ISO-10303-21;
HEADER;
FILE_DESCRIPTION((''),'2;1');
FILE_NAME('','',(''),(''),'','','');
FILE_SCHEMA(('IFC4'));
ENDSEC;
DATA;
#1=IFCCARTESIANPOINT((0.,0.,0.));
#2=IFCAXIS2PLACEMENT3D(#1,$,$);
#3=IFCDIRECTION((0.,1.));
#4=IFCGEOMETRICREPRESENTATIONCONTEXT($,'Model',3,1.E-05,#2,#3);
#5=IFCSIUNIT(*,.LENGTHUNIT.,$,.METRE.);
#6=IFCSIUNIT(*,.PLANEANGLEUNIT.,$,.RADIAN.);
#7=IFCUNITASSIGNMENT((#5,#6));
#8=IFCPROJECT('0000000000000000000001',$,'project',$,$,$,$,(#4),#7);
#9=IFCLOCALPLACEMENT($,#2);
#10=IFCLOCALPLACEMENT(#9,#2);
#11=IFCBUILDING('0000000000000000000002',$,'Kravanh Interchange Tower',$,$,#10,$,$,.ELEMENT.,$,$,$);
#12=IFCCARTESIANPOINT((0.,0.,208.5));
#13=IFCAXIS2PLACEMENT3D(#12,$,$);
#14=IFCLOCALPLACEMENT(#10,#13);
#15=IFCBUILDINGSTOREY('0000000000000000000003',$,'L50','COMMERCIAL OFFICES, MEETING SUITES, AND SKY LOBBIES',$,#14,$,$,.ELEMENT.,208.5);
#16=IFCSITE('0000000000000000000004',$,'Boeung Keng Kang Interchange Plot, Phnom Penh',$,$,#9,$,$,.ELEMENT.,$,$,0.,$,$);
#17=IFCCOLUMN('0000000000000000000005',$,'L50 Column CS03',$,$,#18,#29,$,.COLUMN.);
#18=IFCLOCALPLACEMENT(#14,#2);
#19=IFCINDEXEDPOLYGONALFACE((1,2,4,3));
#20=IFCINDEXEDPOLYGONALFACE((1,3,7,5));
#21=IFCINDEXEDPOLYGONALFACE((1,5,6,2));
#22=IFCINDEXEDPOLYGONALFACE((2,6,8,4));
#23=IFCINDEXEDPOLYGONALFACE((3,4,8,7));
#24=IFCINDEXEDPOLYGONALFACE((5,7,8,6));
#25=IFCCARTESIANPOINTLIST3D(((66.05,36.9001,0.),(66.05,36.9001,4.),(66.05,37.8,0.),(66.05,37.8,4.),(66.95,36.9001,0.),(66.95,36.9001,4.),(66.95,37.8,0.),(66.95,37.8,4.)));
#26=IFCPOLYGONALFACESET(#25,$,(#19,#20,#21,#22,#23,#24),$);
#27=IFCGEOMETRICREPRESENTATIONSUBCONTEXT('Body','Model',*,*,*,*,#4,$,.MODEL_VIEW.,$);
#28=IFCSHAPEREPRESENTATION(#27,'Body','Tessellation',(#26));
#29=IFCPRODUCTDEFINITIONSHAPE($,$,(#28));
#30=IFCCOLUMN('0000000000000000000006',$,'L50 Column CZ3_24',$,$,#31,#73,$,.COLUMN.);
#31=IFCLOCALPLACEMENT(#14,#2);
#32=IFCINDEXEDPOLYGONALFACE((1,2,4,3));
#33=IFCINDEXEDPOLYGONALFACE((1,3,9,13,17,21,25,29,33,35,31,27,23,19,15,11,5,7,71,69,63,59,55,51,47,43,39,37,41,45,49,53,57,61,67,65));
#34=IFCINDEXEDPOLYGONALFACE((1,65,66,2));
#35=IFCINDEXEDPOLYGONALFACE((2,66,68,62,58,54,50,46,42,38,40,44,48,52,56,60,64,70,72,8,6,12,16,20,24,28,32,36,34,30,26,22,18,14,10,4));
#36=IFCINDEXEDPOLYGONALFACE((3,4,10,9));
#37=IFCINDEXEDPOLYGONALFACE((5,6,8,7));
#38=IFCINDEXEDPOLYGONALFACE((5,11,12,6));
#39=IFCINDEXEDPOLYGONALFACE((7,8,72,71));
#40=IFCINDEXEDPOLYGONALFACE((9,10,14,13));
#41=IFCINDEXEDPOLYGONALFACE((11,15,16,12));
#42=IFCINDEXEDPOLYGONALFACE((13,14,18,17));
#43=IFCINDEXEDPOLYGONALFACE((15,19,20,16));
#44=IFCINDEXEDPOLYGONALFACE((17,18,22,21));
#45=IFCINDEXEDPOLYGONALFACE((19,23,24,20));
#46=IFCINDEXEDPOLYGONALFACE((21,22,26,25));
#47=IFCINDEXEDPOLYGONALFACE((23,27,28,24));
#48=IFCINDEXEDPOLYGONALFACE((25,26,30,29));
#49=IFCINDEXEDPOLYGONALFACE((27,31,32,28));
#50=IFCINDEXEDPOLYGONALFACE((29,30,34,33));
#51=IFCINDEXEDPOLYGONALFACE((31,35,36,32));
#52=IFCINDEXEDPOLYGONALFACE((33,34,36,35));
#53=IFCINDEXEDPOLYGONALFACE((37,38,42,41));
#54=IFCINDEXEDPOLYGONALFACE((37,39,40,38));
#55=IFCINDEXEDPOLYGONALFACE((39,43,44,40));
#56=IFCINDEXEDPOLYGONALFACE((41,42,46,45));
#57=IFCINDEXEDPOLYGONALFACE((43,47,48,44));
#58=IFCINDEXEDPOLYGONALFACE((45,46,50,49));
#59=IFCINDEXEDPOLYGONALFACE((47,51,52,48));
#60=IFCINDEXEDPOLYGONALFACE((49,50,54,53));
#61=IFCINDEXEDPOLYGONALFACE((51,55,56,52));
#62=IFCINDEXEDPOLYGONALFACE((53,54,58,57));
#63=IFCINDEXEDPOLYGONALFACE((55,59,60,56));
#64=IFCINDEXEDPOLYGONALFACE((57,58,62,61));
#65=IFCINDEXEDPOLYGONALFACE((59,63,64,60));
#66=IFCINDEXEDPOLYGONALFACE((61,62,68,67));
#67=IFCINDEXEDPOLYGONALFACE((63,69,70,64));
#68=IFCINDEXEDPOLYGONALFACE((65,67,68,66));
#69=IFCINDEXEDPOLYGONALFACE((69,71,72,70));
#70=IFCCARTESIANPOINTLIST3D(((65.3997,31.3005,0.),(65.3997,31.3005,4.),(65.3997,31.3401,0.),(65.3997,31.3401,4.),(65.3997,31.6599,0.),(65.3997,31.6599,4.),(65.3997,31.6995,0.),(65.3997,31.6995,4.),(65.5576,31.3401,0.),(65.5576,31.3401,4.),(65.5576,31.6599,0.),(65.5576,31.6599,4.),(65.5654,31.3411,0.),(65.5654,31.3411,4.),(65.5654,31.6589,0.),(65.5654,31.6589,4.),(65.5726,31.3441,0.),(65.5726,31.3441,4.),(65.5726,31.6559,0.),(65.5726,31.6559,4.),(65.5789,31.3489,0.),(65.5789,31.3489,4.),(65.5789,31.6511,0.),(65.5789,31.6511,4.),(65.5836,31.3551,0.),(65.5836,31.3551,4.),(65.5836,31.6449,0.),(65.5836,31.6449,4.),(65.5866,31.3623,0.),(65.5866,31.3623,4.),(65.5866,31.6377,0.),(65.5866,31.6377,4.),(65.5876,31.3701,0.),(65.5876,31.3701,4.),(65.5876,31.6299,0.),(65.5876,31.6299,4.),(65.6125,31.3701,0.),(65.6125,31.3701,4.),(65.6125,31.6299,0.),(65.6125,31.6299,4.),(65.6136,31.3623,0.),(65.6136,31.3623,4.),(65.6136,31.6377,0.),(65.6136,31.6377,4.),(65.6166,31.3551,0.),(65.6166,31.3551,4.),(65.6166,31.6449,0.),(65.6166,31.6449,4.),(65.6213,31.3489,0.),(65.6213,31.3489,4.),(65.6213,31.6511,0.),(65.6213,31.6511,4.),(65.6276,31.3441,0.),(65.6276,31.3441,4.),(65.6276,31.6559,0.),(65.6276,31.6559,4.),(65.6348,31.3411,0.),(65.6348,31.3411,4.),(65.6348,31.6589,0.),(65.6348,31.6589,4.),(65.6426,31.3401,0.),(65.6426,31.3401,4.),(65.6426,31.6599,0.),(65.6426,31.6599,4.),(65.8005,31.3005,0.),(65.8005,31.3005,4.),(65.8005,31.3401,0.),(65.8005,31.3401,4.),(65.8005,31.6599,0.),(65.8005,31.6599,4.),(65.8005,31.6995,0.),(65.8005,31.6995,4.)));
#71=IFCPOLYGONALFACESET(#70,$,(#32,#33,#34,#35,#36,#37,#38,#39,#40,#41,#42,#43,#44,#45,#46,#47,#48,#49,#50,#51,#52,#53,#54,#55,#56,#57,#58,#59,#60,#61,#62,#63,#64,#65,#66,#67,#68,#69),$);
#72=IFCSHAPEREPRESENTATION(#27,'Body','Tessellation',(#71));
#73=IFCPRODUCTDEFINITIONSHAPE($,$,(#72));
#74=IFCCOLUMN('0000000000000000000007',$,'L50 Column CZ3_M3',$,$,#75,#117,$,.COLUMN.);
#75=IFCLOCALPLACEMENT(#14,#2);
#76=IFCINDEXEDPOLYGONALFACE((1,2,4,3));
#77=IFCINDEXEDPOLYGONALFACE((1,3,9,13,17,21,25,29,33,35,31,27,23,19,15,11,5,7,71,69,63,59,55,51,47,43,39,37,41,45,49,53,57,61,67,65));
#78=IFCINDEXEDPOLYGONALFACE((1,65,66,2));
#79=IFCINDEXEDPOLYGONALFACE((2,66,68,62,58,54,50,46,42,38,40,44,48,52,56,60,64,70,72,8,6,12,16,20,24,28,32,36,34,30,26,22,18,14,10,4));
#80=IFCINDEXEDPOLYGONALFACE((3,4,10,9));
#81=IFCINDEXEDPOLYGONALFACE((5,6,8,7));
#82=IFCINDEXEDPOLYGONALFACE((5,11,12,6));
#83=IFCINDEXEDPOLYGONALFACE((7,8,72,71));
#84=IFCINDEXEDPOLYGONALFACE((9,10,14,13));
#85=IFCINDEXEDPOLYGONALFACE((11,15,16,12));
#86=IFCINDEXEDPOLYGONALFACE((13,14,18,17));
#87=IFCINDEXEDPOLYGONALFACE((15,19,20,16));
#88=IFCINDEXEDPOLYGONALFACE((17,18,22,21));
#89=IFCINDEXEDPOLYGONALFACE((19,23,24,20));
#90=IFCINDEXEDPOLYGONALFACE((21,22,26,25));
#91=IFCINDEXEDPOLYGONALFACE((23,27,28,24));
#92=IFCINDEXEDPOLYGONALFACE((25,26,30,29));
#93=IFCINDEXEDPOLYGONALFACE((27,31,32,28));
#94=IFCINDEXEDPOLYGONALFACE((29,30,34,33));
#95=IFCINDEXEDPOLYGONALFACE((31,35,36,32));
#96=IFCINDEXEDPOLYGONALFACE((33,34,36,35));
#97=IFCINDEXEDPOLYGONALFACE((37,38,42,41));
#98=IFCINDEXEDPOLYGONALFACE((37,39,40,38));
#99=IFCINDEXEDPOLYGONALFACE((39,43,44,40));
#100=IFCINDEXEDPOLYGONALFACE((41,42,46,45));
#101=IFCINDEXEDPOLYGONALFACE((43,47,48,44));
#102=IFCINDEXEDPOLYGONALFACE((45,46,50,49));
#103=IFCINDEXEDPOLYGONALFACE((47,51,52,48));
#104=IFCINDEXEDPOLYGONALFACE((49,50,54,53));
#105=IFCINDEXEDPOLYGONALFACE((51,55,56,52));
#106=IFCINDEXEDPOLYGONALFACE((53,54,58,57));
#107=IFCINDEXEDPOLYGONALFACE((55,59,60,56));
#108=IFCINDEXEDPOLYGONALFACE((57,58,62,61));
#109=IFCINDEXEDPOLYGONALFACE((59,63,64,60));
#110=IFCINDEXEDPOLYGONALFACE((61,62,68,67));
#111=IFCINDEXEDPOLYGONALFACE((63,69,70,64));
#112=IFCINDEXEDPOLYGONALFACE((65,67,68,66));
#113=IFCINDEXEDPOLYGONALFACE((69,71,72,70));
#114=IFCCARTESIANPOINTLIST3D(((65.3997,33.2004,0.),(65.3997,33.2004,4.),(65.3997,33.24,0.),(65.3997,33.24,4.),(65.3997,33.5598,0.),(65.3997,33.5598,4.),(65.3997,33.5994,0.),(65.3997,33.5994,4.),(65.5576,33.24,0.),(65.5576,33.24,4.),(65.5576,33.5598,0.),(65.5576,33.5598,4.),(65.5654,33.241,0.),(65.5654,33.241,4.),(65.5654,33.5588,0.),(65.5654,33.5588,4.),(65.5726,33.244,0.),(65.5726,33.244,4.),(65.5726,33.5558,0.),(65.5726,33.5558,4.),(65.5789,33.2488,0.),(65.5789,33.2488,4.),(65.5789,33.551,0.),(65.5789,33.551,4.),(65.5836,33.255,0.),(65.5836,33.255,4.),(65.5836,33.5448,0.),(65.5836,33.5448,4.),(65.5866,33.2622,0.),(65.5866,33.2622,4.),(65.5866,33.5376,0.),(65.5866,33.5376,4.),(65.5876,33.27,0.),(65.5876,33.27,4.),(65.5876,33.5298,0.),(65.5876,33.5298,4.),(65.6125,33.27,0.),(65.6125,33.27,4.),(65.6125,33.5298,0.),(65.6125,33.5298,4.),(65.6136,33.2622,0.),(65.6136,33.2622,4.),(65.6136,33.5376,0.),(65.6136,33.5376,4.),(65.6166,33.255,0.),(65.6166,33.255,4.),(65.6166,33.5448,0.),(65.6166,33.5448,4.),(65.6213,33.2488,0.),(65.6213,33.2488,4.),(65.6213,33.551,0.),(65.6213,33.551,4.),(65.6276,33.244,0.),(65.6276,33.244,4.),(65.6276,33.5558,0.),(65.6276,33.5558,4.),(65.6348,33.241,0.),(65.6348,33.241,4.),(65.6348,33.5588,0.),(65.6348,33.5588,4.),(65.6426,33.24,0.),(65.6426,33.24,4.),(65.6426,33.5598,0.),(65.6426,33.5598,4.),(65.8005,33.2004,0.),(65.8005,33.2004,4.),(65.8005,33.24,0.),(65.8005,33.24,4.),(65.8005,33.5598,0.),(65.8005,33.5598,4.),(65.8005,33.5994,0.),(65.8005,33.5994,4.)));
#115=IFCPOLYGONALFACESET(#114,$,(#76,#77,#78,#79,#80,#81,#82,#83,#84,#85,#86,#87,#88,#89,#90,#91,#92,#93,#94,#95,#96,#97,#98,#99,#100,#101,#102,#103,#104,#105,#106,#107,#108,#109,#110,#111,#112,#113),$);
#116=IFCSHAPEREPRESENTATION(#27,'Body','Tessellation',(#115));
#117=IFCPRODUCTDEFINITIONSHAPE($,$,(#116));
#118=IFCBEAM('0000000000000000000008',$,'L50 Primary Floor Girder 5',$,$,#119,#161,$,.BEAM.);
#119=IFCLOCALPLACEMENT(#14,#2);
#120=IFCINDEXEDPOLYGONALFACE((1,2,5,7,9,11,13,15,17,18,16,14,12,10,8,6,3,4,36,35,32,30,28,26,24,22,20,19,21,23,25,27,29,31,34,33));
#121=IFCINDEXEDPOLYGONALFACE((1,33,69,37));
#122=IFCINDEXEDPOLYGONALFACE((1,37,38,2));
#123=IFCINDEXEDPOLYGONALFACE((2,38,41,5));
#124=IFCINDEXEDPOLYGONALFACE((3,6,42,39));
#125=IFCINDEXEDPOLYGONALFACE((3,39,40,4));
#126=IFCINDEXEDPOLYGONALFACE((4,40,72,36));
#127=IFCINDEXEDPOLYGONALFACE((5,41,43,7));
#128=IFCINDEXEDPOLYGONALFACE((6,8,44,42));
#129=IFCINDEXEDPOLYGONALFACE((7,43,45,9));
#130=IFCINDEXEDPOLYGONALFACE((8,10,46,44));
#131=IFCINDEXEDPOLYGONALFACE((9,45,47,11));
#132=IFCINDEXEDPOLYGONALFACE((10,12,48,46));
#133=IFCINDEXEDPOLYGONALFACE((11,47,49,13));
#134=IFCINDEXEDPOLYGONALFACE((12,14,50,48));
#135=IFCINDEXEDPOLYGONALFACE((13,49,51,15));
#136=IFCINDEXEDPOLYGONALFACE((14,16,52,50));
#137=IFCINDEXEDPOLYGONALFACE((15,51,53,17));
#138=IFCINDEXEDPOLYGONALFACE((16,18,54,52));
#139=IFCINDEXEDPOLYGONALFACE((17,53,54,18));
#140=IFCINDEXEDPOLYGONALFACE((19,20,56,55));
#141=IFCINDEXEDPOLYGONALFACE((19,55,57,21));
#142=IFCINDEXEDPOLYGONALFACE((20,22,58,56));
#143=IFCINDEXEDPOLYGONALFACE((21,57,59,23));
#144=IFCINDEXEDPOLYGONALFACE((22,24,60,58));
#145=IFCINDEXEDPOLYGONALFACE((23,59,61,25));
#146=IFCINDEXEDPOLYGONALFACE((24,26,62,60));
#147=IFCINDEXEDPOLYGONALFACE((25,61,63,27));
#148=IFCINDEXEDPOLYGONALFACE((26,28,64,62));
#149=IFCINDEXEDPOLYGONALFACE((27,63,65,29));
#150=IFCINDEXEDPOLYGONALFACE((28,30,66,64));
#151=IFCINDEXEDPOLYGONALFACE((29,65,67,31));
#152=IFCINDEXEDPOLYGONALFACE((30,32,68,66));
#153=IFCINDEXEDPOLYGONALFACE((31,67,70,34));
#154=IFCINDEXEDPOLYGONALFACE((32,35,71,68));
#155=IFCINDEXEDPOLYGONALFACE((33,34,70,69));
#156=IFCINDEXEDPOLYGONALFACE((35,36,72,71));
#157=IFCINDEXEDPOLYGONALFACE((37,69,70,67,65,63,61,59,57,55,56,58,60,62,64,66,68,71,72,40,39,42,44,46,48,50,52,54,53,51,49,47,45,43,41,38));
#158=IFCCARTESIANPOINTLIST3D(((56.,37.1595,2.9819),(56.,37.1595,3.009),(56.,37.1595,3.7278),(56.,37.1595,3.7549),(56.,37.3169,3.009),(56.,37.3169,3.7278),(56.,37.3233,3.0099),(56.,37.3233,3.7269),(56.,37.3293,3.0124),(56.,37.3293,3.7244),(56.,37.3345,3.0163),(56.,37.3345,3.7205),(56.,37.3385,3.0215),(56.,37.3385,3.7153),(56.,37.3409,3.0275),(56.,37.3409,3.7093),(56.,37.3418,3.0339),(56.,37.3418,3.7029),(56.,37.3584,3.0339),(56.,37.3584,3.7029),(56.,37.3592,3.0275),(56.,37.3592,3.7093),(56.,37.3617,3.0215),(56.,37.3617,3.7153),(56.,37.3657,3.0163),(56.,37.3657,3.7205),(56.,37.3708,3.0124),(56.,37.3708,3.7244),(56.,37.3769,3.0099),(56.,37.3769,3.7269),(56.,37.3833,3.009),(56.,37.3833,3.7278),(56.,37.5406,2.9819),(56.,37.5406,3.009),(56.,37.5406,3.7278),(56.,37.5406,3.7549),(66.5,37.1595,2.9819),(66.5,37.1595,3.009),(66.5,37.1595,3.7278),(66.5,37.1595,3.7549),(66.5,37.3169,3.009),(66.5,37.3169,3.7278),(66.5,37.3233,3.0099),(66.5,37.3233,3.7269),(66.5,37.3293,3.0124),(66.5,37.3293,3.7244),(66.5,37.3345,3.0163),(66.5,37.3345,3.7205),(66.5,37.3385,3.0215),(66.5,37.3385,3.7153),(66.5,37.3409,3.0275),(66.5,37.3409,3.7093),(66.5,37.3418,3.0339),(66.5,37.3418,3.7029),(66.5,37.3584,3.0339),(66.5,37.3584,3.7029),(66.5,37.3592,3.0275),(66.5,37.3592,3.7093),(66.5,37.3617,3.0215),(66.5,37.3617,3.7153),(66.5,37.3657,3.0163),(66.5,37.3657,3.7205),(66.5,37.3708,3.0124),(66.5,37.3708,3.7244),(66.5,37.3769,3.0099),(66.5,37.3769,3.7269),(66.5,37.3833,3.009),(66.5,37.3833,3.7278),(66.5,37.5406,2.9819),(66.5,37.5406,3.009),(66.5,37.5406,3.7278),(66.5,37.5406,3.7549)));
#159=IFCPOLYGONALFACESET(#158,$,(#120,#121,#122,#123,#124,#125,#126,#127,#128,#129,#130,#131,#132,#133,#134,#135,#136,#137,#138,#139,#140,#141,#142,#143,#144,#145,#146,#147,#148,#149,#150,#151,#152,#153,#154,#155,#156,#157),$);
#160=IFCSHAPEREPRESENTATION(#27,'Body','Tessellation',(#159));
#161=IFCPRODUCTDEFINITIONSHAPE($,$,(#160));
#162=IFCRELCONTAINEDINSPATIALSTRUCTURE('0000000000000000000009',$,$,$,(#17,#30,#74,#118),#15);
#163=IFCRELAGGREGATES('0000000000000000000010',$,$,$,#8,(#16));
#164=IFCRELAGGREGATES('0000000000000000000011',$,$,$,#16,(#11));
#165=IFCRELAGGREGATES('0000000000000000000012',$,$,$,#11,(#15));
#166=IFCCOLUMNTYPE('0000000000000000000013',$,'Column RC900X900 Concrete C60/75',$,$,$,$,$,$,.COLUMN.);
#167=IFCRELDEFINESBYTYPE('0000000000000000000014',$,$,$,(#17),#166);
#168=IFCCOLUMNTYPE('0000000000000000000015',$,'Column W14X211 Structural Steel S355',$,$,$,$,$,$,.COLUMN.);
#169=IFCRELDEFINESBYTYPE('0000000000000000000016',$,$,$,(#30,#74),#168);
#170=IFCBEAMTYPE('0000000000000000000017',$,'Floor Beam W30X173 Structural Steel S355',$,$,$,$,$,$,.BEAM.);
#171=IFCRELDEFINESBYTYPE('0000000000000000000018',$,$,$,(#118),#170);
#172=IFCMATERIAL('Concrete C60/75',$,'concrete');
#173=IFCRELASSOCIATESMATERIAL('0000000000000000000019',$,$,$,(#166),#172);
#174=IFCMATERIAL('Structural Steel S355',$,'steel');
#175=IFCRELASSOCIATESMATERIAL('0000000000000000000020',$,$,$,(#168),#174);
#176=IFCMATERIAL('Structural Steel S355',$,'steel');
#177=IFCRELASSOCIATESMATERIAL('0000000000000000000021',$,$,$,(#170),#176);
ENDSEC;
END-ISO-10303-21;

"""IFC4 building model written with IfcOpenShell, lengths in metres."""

from ifc_helpers import new_model, si_unit, direction, frame, origin, origin_2d, place, context, subcontext, project, spatial, rectangle, i_section, extrude, material, material_profile, profile_set, type_object, element, save


model = new_model("IFC4")

# Units and contexts
model_context = context("Model", 3, precision=1e-05, world=origin(), true_north=direction((0.0, 1.0)))
body_context = subcontext(model_context, "Body", "Model", "MODEL_VIEW")
ifc_project = project(units=[si_unit("LENGTHUNIT", "METRE"), si_unit("PLANEANGLEUNIT", "RADIAN")], contexts=[model_context])

# Site, building, storey
site_placement = place(None, origin())
site = spatial("IfcSite", under=ifc_project, at=site_placement, Name="Boeung Keng Kang Interchange Plot, Phnom Penh", CompositionType="ELEMENT", RefElevation=0.0)
building_placement = place(site_placement, origin())
building = spatial("IfcBuilding", under=site, at=building_placement, Name="Kravanh Interchange Tower", CompositionType="ELEMENT")
storey_placement = place(building_placement, frame((0.0, 0.0, 208.5)))
storey = spatial("IfcBuildingStorey", under=building, at=storey_placement, Name="L50", Description="COMMERCIAL OFFICES, MEETING SUITES, AND SKY LOBBIES", CompositionType="ELEMENT", Elevation=208.5)

# Columns
ifc_material_1 = material(Name="Concrete C60/75", Category="concrete")
ifc_material_profile_1 = material_profile(ifc_material_1, rectangle(XDim=0.8999, YDim=0.8999, at=origin_2d()), Name="RC900X900")
ifc_profile_set_1 = profile_set([ifc_material_profile_1], Name="Concrete C60/75")
column_type_1 = type_object("IfcColumnType", Name="Column RC900X900 Concrete C60/75", PredefinedType="COLUMN", material=ifc_profile_set_1)
column_placement = place(storey_placement, frame((66.5, 37.3501, 0.0), z_axis=(0.0, 0.0, 1.0), x_axis=(1.0, 0.0, 0.0)))
element("IfcColumn", 1, at=column_placement, inside=storey, type_object=column_type_1, Name="L50 Column CS03", PredefinedType="COLUMN", context=body_context, shape_type="SweptSolid", body=[
    extrude(rectangle(XDim=0.8999, YDim=0.8999, at=origin_2d()), origin(), (0.0, 0.0, 1.0), 4.0),
])
ifc_material_2 = material(Name="Structural Steel S355", Category="steel")
ifc_material_profile_2 = material_profile(ifc_material_2, i_section(OverallWidth=0.4009, OverallDepth=0.3989, WebThickness=0.0249, FlangeThickness=0.0396, FilletRadius=0.03, at=origin_2d()), Name="W14X211")
ifc_profile_set_2 = profile_set([ifc_material_profile_2], Name="Structural Steel S355")
column_type_2 = type_object("IfcColumnType", Name="Column W14X211 Structural Steel S355", PredefinedType="COLUMN", material=ifc_profile_set_2)
for number, where, z_axis, x_axis, name in (
    (2, (65.6001, 31.5, 0.0), (0.0, 0.0, 1.0), (1.0, 0.0, 0.0), "L50 Column CZ3_24"),
    (3, (65.6001, 33.3999, 0.0), (0.0, 0.0, 1.0), (1.0, 0.0, 0.0), "L50 Column CZ3_M3"),
):
    element("IfcColumn", number, at=place(storey_placement, frame(where, z_axis=z_axis, x_axis=x_axis)), inside=storey, type_object=column_type_2, Name=name, PredefinedType="COLUMN", context=body_context, shape_type="SweptSolid", body=[
        extrude(i_section(OverallWidth=0.4009, OverallDepth=0.3989, WebThickness=0.0249, FlangeThickness=0.0396, FilletRadius=0.03, at=origin_2d()), origin(), (0.0, 0.0, 1.0), 4.0),
    ])

# Beam
ifc_material_3 = material(Name="Structural Steel S355", Category="steel")
ifc_material_profile_3 = material_profile(ifc_material_3, i_section(OverallWidth=0.3811, OverallDepth=0.7729, WebThickness=0.0166, FlangeThickness=0.0271, FilletRadius=0.0249, at=origin_2d()), Name="W30X173")
ifc_profile_set_3 = profile_set([ifc_material_profile_3], Name="Structural Steel S355")
beam_type_1 = type_object("IfcBeamType", Name="Floor Beam W30X173 Structural Steel S355", PredefinedType="BEAM", material=ifc_profile_set_3)
beam_1_placement = place(storey_placement, frame((66.5, 37.3501, 3.3684), z_axis=(-1.0, 0.0, 0.0), x_axis=(0.0, -1.0, 0.0)))
element("IfcBeam", 4, at=beam_1_placement, inside=storey, type_object=beam_type_1, Name="L50 Primary Floor Girder 5", PredefinedType="BEAM", context=body_context, shape_type="SweptSolid", body=[
    extrude(i_section(OverallWidth=0.3811, OverallDepth=0.7729, WebThickness=0.0166, FlangeThickness=0.0271, FilletRadius=0.0249, at=origin_2d()), origin(), (0.0, 0.0, 1.0), 10.5),
])

save(model, "model.ifc")
